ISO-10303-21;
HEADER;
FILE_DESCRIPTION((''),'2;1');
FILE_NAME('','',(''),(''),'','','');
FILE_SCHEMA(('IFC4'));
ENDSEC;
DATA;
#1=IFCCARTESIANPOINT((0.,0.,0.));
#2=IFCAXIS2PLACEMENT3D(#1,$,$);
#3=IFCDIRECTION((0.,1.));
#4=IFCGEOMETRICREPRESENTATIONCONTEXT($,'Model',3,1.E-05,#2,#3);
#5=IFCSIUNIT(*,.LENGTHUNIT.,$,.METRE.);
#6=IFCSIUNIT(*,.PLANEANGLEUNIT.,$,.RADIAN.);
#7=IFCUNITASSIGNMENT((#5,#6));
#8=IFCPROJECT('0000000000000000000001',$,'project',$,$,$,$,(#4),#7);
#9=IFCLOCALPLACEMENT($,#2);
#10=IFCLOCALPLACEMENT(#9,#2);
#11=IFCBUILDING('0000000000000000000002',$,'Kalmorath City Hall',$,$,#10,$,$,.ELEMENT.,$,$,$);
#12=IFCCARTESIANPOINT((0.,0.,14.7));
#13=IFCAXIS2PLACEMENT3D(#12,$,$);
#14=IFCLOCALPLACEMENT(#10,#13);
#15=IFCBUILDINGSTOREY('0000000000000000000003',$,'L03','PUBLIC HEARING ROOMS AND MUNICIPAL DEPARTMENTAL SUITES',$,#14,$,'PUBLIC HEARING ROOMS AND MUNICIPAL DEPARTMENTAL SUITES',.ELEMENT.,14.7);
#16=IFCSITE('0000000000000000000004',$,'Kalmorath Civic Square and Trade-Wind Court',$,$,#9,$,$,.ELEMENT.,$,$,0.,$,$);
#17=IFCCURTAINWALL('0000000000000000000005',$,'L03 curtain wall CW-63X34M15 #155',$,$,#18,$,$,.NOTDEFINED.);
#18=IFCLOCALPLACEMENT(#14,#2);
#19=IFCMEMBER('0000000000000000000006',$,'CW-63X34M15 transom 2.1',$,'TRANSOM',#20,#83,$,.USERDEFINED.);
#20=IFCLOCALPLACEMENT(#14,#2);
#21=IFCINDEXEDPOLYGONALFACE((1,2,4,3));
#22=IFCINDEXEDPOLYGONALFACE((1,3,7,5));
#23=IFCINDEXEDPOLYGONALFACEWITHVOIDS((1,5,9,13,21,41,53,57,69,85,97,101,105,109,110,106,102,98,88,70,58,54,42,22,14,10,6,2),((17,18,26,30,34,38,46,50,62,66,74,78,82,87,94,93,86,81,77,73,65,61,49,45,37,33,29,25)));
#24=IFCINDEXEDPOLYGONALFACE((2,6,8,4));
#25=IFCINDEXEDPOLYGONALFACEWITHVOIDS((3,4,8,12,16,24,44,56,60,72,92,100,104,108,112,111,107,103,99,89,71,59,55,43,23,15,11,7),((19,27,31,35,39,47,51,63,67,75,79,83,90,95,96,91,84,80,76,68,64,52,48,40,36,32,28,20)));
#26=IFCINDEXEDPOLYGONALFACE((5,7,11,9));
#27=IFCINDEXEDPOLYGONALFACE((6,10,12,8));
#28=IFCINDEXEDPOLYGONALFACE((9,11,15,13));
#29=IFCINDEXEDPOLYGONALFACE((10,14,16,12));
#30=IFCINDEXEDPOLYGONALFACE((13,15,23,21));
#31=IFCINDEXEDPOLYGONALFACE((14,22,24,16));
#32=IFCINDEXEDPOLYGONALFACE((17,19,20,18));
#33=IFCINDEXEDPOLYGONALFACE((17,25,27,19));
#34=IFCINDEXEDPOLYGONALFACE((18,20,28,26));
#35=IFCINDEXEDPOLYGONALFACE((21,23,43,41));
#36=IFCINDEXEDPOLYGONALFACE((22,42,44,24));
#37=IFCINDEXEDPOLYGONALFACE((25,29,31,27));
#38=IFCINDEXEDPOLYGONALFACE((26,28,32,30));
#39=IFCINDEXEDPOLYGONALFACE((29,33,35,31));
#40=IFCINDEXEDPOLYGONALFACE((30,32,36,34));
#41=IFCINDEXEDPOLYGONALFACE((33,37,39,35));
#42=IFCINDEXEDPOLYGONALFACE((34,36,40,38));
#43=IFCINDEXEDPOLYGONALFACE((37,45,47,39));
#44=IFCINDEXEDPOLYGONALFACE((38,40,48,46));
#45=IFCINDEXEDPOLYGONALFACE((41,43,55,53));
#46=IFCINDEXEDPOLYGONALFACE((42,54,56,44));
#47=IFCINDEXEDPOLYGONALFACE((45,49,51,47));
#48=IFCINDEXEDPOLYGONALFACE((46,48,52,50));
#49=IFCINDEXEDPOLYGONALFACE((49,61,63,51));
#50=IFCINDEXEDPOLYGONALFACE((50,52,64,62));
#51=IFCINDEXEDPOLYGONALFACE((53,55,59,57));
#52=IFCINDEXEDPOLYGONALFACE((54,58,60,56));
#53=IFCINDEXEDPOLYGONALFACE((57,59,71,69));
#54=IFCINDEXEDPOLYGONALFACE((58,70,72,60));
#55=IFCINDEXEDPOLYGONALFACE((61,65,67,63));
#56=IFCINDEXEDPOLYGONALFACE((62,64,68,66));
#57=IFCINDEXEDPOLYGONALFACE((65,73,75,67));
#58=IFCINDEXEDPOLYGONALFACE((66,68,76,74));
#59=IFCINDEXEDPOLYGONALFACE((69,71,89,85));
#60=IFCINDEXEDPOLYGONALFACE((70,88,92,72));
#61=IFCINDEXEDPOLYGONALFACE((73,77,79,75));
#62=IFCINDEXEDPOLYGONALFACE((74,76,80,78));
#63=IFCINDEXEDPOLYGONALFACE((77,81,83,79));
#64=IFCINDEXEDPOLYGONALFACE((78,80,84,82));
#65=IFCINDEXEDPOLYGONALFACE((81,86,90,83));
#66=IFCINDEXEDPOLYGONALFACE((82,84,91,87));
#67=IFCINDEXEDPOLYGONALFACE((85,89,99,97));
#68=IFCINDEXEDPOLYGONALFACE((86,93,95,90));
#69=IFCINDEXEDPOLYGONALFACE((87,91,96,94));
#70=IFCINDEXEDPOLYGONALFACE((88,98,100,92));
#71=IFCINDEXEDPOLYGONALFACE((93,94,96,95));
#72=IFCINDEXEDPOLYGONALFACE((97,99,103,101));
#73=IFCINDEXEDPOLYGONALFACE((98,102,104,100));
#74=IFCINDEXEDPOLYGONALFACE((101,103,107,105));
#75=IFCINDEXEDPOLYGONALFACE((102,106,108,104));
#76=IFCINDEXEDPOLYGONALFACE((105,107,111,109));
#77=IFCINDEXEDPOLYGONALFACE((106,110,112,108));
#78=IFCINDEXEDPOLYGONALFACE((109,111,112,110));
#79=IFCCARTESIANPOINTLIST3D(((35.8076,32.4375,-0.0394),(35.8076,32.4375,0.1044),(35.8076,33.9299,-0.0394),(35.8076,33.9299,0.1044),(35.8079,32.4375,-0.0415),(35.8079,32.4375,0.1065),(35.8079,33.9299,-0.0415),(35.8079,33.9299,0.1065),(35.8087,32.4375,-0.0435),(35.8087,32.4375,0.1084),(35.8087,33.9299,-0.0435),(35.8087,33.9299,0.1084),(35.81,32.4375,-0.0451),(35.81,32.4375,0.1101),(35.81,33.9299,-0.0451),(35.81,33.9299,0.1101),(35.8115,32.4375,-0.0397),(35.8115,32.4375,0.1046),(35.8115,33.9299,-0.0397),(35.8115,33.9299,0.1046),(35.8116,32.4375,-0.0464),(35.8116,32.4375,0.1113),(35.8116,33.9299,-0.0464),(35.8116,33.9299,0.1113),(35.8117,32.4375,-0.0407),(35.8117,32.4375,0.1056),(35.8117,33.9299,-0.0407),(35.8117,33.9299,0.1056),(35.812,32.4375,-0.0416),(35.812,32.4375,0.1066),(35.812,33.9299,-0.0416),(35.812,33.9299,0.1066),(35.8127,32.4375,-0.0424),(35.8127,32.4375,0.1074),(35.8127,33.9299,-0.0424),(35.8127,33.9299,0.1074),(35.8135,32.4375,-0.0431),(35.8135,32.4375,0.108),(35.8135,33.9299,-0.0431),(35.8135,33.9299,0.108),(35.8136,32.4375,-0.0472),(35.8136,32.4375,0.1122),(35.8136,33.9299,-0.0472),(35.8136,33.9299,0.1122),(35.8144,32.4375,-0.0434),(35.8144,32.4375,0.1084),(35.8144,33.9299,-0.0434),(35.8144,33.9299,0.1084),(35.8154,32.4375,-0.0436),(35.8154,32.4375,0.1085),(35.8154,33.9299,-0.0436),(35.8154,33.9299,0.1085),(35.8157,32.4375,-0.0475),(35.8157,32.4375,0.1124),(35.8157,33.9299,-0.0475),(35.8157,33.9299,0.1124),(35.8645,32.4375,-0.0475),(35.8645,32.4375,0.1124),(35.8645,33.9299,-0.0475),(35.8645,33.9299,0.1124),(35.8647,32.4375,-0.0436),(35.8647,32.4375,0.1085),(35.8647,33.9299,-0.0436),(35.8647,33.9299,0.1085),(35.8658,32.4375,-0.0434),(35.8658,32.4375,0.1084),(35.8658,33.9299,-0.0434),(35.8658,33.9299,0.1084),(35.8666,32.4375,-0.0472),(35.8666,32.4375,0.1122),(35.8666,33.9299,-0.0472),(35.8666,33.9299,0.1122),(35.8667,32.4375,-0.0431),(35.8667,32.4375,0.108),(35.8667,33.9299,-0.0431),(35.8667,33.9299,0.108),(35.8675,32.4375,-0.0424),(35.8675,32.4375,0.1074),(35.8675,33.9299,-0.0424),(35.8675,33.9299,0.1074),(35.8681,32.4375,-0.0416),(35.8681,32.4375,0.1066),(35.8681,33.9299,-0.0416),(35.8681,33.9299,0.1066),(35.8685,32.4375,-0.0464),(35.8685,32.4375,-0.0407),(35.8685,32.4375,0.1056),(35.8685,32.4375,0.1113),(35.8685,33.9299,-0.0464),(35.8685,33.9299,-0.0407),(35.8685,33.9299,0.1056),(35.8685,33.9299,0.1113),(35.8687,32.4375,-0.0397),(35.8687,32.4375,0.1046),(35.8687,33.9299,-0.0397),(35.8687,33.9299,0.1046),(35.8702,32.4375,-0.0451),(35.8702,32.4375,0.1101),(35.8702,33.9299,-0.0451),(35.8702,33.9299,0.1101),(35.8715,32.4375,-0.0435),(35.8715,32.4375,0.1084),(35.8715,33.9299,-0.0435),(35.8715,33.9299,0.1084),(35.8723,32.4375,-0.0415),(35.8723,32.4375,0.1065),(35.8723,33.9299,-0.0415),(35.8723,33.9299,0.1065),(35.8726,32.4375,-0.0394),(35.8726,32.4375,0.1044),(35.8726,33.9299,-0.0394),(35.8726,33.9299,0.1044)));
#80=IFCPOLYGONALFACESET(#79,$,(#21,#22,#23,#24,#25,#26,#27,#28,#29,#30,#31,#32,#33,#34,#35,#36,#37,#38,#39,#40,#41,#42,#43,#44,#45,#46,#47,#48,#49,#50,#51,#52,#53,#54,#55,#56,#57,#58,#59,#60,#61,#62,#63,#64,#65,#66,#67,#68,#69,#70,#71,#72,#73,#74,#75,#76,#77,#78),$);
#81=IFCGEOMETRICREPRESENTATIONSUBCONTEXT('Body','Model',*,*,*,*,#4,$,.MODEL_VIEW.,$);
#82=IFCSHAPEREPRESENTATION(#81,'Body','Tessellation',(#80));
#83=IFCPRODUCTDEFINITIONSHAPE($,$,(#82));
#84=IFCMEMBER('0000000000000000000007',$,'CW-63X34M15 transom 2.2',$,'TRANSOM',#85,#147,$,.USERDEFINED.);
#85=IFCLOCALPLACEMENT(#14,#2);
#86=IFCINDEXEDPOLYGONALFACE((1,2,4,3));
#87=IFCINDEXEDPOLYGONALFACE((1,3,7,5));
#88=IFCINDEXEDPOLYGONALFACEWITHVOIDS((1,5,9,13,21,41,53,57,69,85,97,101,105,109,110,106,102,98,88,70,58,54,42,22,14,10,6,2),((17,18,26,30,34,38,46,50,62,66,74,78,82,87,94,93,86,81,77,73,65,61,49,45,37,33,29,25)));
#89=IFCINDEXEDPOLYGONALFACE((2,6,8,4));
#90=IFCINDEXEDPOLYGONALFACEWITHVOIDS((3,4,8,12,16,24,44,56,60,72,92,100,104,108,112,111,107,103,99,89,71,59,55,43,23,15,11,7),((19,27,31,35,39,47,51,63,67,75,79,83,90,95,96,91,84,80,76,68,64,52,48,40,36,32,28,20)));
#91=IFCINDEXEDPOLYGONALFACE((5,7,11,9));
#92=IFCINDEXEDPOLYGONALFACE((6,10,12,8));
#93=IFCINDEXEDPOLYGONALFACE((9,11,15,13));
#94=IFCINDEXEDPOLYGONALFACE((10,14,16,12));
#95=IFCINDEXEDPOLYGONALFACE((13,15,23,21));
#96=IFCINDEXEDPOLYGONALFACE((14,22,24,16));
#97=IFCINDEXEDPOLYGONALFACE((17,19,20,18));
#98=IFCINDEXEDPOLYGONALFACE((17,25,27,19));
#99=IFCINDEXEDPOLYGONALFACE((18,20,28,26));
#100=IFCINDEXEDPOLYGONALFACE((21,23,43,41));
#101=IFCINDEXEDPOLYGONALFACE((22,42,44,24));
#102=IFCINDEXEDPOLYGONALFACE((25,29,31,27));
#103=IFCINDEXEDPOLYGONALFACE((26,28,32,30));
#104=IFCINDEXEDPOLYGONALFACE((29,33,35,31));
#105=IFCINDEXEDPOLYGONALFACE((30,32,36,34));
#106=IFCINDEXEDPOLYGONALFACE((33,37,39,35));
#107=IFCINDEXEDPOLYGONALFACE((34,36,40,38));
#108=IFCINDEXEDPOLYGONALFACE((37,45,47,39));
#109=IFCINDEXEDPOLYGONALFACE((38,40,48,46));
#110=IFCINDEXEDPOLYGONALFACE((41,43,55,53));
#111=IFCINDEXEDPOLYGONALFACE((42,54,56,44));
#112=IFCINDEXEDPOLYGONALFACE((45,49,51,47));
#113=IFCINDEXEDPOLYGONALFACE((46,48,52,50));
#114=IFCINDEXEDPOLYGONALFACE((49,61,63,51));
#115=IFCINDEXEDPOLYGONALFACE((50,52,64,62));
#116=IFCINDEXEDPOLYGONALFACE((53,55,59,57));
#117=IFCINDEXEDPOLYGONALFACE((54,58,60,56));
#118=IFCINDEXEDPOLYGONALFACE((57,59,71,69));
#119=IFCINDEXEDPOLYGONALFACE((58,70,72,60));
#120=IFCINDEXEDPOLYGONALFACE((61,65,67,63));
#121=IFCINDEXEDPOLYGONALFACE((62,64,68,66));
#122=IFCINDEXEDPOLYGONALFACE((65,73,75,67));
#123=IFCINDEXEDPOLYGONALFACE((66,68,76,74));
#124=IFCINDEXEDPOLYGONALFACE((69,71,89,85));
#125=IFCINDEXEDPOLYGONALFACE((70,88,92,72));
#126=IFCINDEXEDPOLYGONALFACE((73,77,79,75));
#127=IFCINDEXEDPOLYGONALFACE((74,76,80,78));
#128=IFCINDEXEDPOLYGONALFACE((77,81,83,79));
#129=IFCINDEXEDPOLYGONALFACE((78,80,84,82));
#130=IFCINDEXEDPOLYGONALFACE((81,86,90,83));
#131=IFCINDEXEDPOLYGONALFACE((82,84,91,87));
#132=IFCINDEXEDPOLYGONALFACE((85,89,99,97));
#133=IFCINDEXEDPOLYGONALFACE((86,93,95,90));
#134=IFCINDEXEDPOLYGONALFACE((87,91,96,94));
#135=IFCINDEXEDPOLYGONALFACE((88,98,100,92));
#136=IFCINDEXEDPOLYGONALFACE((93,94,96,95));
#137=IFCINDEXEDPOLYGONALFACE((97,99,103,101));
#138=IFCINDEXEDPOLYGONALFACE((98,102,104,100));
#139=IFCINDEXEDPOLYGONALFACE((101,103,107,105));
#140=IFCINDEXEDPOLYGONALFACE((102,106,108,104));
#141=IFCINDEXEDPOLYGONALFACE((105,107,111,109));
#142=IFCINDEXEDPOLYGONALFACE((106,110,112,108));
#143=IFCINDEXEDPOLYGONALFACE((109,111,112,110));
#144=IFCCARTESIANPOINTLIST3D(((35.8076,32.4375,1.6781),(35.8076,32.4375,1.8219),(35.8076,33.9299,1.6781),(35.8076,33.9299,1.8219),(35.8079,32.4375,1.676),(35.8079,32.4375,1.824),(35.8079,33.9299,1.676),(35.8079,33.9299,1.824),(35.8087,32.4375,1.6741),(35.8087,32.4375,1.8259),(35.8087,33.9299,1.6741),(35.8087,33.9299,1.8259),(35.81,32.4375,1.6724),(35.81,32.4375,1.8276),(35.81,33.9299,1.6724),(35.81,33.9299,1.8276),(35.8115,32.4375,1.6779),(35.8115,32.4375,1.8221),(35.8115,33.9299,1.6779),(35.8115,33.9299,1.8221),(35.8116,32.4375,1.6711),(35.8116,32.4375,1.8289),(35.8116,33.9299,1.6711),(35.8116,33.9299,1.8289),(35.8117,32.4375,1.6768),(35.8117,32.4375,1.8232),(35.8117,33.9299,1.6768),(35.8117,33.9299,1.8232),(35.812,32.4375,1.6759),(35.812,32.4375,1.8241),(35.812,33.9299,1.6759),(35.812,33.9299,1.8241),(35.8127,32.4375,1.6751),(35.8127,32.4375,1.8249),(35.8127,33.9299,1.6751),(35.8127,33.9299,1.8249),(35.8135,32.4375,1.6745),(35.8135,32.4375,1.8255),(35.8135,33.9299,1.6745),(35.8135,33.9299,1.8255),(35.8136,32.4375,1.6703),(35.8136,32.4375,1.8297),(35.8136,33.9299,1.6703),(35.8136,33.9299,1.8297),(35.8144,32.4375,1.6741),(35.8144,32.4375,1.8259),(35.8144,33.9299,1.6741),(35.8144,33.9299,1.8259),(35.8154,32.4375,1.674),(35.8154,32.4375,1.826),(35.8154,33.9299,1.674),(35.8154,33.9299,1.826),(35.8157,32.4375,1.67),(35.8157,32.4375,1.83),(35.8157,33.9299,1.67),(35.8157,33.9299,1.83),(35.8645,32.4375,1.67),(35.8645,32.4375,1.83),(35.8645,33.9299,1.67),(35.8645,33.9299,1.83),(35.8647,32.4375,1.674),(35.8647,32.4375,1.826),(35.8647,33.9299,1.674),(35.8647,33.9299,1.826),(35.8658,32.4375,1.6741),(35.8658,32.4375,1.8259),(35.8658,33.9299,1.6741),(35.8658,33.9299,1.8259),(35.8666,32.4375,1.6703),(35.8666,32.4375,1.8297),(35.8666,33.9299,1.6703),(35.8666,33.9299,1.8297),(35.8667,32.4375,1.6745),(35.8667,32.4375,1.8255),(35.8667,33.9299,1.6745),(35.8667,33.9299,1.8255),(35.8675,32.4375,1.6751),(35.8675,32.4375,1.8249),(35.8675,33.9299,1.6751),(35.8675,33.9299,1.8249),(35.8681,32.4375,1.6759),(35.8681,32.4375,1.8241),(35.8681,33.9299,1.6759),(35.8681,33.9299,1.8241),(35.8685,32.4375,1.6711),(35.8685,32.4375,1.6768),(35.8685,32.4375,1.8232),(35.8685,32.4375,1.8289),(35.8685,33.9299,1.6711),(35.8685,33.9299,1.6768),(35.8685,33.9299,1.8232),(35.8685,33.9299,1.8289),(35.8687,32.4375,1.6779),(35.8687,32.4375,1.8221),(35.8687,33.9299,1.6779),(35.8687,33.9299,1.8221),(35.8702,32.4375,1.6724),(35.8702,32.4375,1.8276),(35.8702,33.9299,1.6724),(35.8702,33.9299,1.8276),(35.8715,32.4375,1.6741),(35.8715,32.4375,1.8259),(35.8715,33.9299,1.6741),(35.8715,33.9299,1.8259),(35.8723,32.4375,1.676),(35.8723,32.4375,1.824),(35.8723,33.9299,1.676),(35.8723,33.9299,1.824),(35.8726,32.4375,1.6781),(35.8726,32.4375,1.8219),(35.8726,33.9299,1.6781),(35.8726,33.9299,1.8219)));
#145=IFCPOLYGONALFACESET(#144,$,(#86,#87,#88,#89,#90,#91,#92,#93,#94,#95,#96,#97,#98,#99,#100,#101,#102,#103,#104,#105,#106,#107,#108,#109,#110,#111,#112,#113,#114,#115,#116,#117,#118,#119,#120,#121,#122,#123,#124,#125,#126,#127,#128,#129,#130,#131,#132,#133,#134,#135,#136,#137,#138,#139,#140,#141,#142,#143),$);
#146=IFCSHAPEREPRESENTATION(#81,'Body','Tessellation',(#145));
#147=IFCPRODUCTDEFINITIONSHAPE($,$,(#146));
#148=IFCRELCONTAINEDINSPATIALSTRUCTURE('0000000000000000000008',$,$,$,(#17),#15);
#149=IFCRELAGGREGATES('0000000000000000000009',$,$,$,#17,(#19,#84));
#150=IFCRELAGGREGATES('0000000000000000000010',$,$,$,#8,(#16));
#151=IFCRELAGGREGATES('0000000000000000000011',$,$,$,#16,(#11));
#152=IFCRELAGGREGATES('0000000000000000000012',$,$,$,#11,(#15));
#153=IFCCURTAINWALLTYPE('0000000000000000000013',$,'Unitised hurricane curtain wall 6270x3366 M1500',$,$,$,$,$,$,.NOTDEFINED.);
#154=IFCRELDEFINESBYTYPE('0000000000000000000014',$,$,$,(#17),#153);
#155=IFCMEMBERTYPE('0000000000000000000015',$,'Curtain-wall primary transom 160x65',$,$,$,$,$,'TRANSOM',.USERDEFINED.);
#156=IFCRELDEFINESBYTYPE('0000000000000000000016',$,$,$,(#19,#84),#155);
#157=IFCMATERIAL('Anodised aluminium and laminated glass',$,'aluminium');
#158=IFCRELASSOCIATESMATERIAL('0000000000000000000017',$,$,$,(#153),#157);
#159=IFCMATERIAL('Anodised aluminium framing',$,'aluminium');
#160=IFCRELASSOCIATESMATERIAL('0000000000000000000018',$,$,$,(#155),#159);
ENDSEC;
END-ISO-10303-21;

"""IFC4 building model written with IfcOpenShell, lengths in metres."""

from ifc_helpers import new_model, si_unit, direction, frame, origin, origin_2d, place, context, subcontext, project, spatial, hollow_rectangle, extrude, material, material_profile, profile_set, type_object, element, aggregate, save


model = new_model("IFC4")

# Units and contexts
model_context = context("Model", 3, precision=1e-05, world=origin(), true_north=direction((0.0, 1.0)))
body_context = subcontext(model_context, "Body", "Model", "MODEL_VIEW")
ifc_project = project(units=[si_unit("LENGTHUNIT", "METRE"), si_unit("PLANEANGLEUNIT", "RADIAN")], contexts=[model_context])

# Site, building, storey
site_placement = place(None, origin())
site = spatial("IfcSite", under=ifc_project, at=site_placement, Name="Kalmorath Civic Square and Trade-Wind Court", CompositionType="ELEMENT", RefElevation=0.0)
building_placement = place(site_placement, origin())
building = spatial("IfcBuilding", under=site, at=building_placement, Name="Kalmorath City Hall", CompositionType="ELEMENT")
storey_placement = place(building_placement, frame((0.0, 0.0, 14.7)))
storey = spatial("IfcBuildingStorey", under=building, at=storey_placement, Name="L03", Description="PUBLIC HEARING ROOMS AND MUNICIPAL DEPARTMENTAL SUITES", LongName="PUBLIC HEARING ROOMS AND MUNICIPAL DEPARTMENTAL SUITES", CompositionType="ELEMENT", Elevation=14.7)

# Curtain wall, members
ifc_material_1 = material(Name="Anodised aluminium and laminated glass", Category="aluminium")
curtain_wall_type = type_object("IfcCurtainWallType", Name="Unitised hurricane curtain wall 6270x3366 M1500", PredefinedType="NOTDEFINED", material=ifc_material_1)
curtain_wall_placement = place(storey_placement, origin())
curtain_wall = element("IfcCurtainWall", 1, at=curtain_wall_placement, inside=storey, type_object=curtain_wall_type, Name="L03 curtain wall CW-63X34M15 #155", PredefinedType="NOTDEFINED")
ifc_material_2 = material(Name="Anodised aluminium framing", Category="aluminium")
ifc_material_profile_1 = material_profile(ifc_material_2, hollow_rectangle(XDim=0.0649, YDim=0.1599, WallThickness=0.0039, InnerFilletRadius=0.0039, OuterFilletRadius=0.0081, at=origin_2d()), Name="ALU-TRN-160X65X4")
ifc_profile_set_1 = profile_set([ifc_material_profile_1], Name="Anodised aluminium framing")
member_type_1 = type_object("IfcMemberType", Name="Curtain-wall primary transom 160x65", ElementType="TRANSOM", PredefinedType="USERDEFINED", material=ifc_profile_set_1)
member_1_placement = place(storey_placement, frame((35.8401, 33.9299, 0.0325), z_axis=(0.0, -1.0, 0.0), x_axis=(1.0, 0.0, 0.0)))
member_1 = element("IfcMember", 2, at=member_1_placement, type_object=member_type_1, Name="CW-63X34M15 transom 2.1", ObjectType="TRANSOM", PredefinedType="USERDEFINED", context=body_context, shape_type="SweptSolid", body=[
    extrude(hollow_rectangle(XDim=0.0649, YDim=0.1599, WallThickness=0.0039, InnerFilletRadius=0.0039, OuterFilletRadius=0.0081, at=origin_2d()), origin(), (0.0, 0.0, 1.0), 1.4924),
])
member_2_placement = place(storey_placement, frame((35.8401, 33.9299, 1.75), z_axis=(0.0, -1.0, 0.0), x_axis=(1.0, 0.0, 0.0)))
member_2 = element("IfcMember", 3, at=member_2_placement, type_object=member_type_1, Name="CW-63X34M15 transom 2.2", ObjectType="TRANSOM", PredefinedType="USERDEFINED", context=body_context, shape_type="SweptSolid", body=[
    extrude(hollow_rectangle(XDim=0.0649, YDim=0.1599, WallThickness=0.0039, InnerFilletRadius=0.0039, OuterFilletRadius=0.0081, at=origin_2d()), origin(), (0.0, 0.0, 1.0), 1.4924),
])
aggregate(curtain_wall, [member_1, member_2])

save(model, "model.ifc")
